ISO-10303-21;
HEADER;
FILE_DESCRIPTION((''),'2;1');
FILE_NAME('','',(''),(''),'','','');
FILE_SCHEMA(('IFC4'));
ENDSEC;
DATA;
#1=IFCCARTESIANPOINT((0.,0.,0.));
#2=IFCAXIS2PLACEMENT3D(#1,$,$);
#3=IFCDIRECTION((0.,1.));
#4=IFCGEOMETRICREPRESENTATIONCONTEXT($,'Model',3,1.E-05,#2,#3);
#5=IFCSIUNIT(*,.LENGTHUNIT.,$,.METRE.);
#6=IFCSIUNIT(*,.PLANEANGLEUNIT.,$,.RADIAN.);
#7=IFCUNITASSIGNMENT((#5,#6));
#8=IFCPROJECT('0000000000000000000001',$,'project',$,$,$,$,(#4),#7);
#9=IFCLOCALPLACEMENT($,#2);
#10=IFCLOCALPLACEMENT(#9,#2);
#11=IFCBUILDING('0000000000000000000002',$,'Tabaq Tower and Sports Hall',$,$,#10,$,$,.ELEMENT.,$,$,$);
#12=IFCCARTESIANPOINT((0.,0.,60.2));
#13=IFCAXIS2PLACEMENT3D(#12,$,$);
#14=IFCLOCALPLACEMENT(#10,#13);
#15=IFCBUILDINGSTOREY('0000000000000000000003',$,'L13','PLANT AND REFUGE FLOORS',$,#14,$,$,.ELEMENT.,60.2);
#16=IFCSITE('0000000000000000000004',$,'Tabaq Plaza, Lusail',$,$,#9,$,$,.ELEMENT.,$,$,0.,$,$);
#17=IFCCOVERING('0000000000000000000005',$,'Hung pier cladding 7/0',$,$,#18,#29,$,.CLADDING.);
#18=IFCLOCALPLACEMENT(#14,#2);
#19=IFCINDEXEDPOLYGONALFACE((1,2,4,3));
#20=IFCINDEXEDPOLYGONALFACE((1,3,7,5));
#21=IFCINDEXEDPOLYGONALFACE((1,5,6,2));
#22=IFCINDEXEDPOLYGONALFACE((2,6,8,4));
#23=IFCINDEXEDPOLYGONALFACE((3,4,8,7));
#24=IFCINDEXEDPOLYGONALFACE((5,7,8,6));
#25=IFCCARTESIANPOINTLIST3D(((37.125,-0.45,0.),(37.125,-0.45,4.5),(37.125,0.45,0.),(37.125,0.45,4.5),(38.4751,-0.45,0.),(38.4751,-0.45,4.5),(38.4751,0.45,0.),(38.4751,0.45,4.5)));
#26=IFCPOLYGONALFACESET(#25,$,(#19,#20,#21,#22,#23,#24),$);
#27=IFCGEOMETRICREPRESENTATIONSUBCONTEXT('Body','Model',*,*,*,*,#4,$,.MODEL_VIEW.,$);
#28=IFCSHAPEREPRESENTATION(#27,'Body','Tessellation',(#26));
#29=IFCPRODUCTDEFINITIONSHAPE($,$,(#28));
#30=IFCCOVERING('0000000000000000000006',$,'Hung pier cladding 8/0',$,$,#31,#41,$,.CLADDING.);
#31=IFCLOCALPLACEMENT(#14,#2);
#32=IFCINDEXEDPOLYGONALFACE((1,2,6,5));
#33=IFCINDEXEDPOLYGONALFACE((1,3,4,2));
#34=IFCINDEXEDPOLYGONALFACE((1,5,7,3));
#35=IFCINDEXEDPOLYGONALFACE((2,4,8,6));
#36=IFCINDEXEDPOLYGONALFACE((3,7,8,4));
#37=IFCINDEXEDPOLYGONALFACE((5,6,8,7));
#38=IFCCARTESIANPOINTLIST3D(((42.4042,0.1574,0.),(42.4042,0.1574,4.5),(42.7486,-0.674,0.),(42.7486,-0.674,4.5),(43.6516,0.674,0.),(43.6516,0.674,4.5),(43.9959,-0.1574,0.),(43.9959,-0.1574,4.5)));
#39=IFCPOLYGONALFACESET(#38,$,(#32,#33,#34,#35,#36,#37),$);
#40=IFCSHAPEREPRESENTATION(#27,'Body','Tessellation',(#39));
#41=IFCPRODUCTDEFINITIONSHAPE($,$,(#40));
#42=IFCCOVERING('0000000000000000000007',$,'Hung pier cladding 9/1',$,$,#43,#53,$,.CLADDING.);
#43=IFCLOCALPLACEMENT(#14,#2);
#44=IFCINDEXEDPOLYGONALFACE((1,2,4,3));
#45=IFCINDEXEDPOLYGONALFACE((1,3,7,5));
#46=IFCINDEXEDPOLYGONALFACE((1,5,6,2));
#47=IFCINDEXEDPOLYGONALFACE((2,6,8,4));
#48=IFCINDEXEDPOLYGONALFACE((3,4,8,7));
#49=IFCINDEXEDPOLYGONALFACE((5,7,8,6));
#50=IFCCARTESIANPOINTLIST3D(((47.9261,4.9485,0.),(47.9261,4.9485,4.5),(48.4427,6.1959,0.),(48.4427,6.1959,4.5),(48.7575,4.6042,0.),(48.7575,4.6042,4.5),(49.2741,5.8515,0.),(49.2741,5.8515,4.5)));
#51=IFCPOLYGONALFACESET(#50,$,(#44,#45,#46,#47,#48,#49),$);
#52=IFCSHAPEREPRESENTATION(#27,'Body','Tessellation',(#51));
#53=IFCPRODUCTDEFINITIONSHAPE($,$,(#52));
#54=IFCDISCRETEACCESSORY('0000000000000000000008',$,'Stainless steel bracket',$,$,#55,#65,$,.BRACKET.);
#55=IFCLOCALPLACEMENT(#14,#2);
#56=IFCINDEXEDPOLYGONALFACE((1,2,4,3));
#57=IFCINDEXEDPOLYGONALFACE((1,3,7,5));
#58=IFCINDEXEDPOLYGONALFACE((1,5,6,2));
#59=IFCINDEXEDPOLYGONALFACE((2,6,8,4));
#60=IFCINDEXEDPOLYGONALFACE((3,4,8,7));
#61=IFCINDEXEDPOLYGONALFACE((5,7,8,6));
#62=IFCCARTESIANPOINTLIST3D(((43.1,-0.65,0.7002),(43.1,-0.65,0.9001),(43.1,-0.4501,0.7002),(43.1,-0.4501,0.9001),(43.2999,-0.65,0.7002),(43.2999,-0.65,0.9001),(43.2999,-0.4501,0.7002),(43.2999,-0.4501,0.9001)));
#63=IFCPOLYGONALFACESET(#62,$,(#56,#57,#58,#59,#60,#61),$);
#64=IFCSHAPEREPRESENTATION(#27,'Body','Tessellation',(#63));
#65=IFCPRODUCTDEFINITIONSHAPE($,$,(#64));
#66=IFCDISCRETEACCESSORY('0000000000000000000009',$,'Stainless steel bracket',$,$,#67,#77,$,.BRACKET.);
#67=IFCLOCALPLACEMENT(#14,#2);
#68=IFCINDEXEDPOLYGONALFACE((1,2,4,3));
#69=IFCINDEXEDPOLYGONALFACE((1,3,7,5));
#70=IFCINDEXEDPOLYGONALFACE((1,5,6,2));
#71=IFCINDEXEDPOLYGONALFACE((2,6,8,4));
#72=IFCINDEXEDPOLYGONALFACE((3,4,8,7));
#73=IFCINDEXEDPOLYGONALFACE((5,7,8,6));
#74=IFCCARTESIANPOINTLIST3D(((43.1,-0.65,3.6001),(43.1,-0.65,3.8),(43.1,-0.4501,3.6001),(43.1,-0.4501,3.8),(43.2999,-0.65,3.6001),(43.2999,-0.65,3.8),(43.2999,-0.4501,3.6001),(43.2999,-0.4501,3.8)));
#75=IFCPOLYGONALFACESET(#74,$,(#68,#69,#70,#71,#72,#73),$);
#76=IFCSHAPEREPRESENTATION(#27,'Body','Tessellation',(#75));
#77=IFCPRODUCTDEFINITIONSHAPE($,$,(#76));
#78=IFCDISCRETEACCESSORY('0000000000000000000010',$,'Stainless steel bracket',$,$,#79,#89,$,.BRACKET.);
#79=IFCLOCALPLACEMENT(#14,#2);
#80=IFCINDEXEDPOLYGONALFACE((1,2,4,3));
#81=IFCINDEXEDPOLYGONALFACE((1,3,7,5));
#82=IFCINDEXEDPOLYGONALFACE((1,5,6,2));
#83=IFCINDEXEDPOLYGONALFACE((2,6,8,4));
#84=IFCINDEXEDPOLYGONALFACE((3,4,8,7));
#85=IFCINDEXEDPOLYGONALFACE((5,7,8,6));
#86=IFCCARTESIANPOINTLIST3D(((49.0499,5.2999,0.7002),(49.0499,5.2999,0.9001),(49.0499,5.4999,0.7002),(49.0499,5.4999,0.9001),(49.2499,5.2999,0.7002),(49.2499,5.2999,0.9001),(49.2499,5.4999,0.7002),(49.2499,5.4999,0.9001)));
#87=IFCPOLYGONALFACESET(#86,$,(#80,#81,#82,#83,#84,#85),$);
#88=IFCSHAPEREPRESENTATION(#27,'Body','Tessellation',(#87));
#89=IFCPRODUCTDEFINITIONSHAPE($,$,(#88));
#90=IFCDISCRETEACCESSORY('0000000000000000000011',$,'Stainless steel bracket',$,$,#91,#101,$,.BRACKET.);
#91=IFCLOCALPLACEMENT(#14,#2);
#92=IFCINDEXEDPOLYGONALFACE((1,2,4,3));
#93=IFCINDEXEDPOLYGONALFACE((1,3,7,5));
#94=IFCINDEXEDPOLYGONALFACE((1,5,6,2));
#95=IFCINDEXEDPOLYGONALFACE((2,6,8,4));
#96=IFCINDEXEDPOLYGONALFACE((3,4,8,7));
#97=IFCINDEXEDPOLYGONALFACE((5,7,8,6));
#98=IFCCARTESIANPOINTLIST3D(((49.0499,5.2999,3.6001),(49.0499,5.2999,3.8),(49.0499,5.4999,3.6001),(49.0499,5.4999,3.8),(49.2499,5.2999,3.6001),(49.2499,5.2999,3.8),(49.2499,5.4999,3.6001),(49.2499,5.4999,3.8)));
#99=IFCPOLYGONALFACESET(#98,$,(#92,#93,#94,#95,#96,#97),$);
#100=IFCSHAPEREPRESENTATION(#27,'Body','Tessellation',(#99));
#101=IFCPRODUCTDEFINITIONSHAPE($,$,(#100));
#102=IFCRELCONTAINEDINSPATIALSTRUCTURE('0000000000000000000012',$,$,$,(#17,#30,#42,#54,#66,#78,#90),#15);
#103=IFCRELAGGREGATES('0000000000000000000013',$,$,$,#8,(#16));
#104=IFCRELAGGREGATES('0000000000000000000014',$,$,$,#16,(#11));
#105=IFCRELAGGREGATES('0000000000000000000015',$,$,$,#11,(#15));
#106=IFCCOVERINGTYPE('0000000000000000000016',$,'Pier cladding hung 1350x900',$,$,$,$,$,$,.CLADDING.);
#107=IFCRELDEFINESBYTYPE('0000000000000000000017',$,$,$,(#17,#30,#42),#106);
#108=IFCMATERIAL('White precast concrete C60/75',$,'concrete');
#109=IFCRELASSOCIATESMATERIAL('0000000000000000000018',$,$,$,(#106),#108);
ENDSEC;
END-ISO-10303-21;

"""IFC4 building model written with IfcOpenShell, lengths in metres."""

from ifc_helpers import new_model, si_unit, direction, frame, frame_2d, origin, origin_2d, place, context, subcontext, project, spatial, rectangle, extrude, material, type_object, element, save


model = new_model("IFC4")

# Units and contexts
model_context = context("Model", 3, precision=1e-05, world=origin(), true_north=direction((0.0, 1.0)))
body_context = subcontext(model_context, "Body", "Model", "MODEL_VIEW")
ifc_project = project(units=[si_unit("LENGTHUNIT", "METRE"), si_unit("PLANEANGLEUNIT", "RADIAN")], contexts=[model_context])

# Site, building, storey
site_placement = place(None, origin())
site = spatial("IfcSite", under=ifc_project, at=site_placement, Name="Tabaq Plaza, Lusail", CompositionType="ELEMENT", RefElevation=0.0)
building_placement = place(site_placement, origin())
building = spatial("IfcBuilding", under=site, at=building_placement, Name="Tabaq Tower and Sports Hall", CompositionType="ELEMENT")
storey_placement = place(building_placement, frame((0.0, 0.0, 60.2)))
storey = spatial("IfcBuildingStorey", under=building, at=storey_placement, Name="L13", Description="PLANT AND REFUGE FLOORS", CompositionType="ELEMENT", Elevation=60.2)

# Coverings
ifc_material_1 = material(Name="White precast concrete C60/75", Category="concrete")
covering_type_1 = type_object("IfcCoveringType", Name="Pier cladding hung 1350x900", PredefinedType="CLADDING", material=ifc_material_1)
for number, where, z_axis, x_axis, name in (
    (1, (37.125, 0.0, 0.0), (0.0, 0.0, 1.0), (1.0, 0.0, 0.0), "Hung pier cladding 7/0"),
    (2, (42.5764, -0.2583, 0.0), (0.0, 0.0, 1.0), (0.923893, 0.38265, 0.0), "Hung pier cladding 8/0"),
    (3, (48.3418, 4.7764, 0.0), (0.0, 0.0, 1.0), (0.38265, 0.923893, 0.0), "Hung pier cladding 9/1"),
):
    element("IfcCovering", number, at=place(storey_placement, frame(where, z_axis=z_axis, x_axis=x_axis)), inside=storey, type_object=covering_type_1, Name=name, PredefinedType="CLADDING", context=body_context, shape_type="SweptSolid", body=[
        extrude(rectangle(XDim=1.3501, YDim=0.8999, at=frame_2d((0.675, 0.0))), origin(), (0.0, 0.0, 1.0), 4.5),
    ])

# Discrete accessories
for number, where, z_axis, x_axis, name in (
    (4, (43.2, -0.55, 0.7002), (0.0, 0.0, 1.0), (0.0, 1.0, 0.0), "Stainless steel bracket"),
    (5, (43.2, -0.55, 3.6001), (0.0, 0.0, 1.0), (0.0, 1.0, 0.0), "Stainless steel bracket"),
    (6, (49.1499, 5.3999, 0.7002), (0.0, 0.0, 1.0), (-1.0, 0.0, 0.0), "Stainless steel bracket"),
    (7, (49.1499, 5.3999, 3.6001), (0.0, 0.0, 1.0), (-1.0, 0.0, 0.0), "Stainless steel bracket"),
):
    element("IfcDiscreteAccessory", number, at=place(storey_placement, frame(where, z_axis=z_axis, x_axis=x_axis)), inside=storey, Name=name, PredefinedType="BRACKET", context=body_context, shape_type="SweptSolid", body=[
        extrude(rectangle(XDim=0.2, YDim=0.2, at=origin_2d()), origin(), (0.0, 0.0, 1.0), 0.2),
    ])

save(model, "model.ifc")
